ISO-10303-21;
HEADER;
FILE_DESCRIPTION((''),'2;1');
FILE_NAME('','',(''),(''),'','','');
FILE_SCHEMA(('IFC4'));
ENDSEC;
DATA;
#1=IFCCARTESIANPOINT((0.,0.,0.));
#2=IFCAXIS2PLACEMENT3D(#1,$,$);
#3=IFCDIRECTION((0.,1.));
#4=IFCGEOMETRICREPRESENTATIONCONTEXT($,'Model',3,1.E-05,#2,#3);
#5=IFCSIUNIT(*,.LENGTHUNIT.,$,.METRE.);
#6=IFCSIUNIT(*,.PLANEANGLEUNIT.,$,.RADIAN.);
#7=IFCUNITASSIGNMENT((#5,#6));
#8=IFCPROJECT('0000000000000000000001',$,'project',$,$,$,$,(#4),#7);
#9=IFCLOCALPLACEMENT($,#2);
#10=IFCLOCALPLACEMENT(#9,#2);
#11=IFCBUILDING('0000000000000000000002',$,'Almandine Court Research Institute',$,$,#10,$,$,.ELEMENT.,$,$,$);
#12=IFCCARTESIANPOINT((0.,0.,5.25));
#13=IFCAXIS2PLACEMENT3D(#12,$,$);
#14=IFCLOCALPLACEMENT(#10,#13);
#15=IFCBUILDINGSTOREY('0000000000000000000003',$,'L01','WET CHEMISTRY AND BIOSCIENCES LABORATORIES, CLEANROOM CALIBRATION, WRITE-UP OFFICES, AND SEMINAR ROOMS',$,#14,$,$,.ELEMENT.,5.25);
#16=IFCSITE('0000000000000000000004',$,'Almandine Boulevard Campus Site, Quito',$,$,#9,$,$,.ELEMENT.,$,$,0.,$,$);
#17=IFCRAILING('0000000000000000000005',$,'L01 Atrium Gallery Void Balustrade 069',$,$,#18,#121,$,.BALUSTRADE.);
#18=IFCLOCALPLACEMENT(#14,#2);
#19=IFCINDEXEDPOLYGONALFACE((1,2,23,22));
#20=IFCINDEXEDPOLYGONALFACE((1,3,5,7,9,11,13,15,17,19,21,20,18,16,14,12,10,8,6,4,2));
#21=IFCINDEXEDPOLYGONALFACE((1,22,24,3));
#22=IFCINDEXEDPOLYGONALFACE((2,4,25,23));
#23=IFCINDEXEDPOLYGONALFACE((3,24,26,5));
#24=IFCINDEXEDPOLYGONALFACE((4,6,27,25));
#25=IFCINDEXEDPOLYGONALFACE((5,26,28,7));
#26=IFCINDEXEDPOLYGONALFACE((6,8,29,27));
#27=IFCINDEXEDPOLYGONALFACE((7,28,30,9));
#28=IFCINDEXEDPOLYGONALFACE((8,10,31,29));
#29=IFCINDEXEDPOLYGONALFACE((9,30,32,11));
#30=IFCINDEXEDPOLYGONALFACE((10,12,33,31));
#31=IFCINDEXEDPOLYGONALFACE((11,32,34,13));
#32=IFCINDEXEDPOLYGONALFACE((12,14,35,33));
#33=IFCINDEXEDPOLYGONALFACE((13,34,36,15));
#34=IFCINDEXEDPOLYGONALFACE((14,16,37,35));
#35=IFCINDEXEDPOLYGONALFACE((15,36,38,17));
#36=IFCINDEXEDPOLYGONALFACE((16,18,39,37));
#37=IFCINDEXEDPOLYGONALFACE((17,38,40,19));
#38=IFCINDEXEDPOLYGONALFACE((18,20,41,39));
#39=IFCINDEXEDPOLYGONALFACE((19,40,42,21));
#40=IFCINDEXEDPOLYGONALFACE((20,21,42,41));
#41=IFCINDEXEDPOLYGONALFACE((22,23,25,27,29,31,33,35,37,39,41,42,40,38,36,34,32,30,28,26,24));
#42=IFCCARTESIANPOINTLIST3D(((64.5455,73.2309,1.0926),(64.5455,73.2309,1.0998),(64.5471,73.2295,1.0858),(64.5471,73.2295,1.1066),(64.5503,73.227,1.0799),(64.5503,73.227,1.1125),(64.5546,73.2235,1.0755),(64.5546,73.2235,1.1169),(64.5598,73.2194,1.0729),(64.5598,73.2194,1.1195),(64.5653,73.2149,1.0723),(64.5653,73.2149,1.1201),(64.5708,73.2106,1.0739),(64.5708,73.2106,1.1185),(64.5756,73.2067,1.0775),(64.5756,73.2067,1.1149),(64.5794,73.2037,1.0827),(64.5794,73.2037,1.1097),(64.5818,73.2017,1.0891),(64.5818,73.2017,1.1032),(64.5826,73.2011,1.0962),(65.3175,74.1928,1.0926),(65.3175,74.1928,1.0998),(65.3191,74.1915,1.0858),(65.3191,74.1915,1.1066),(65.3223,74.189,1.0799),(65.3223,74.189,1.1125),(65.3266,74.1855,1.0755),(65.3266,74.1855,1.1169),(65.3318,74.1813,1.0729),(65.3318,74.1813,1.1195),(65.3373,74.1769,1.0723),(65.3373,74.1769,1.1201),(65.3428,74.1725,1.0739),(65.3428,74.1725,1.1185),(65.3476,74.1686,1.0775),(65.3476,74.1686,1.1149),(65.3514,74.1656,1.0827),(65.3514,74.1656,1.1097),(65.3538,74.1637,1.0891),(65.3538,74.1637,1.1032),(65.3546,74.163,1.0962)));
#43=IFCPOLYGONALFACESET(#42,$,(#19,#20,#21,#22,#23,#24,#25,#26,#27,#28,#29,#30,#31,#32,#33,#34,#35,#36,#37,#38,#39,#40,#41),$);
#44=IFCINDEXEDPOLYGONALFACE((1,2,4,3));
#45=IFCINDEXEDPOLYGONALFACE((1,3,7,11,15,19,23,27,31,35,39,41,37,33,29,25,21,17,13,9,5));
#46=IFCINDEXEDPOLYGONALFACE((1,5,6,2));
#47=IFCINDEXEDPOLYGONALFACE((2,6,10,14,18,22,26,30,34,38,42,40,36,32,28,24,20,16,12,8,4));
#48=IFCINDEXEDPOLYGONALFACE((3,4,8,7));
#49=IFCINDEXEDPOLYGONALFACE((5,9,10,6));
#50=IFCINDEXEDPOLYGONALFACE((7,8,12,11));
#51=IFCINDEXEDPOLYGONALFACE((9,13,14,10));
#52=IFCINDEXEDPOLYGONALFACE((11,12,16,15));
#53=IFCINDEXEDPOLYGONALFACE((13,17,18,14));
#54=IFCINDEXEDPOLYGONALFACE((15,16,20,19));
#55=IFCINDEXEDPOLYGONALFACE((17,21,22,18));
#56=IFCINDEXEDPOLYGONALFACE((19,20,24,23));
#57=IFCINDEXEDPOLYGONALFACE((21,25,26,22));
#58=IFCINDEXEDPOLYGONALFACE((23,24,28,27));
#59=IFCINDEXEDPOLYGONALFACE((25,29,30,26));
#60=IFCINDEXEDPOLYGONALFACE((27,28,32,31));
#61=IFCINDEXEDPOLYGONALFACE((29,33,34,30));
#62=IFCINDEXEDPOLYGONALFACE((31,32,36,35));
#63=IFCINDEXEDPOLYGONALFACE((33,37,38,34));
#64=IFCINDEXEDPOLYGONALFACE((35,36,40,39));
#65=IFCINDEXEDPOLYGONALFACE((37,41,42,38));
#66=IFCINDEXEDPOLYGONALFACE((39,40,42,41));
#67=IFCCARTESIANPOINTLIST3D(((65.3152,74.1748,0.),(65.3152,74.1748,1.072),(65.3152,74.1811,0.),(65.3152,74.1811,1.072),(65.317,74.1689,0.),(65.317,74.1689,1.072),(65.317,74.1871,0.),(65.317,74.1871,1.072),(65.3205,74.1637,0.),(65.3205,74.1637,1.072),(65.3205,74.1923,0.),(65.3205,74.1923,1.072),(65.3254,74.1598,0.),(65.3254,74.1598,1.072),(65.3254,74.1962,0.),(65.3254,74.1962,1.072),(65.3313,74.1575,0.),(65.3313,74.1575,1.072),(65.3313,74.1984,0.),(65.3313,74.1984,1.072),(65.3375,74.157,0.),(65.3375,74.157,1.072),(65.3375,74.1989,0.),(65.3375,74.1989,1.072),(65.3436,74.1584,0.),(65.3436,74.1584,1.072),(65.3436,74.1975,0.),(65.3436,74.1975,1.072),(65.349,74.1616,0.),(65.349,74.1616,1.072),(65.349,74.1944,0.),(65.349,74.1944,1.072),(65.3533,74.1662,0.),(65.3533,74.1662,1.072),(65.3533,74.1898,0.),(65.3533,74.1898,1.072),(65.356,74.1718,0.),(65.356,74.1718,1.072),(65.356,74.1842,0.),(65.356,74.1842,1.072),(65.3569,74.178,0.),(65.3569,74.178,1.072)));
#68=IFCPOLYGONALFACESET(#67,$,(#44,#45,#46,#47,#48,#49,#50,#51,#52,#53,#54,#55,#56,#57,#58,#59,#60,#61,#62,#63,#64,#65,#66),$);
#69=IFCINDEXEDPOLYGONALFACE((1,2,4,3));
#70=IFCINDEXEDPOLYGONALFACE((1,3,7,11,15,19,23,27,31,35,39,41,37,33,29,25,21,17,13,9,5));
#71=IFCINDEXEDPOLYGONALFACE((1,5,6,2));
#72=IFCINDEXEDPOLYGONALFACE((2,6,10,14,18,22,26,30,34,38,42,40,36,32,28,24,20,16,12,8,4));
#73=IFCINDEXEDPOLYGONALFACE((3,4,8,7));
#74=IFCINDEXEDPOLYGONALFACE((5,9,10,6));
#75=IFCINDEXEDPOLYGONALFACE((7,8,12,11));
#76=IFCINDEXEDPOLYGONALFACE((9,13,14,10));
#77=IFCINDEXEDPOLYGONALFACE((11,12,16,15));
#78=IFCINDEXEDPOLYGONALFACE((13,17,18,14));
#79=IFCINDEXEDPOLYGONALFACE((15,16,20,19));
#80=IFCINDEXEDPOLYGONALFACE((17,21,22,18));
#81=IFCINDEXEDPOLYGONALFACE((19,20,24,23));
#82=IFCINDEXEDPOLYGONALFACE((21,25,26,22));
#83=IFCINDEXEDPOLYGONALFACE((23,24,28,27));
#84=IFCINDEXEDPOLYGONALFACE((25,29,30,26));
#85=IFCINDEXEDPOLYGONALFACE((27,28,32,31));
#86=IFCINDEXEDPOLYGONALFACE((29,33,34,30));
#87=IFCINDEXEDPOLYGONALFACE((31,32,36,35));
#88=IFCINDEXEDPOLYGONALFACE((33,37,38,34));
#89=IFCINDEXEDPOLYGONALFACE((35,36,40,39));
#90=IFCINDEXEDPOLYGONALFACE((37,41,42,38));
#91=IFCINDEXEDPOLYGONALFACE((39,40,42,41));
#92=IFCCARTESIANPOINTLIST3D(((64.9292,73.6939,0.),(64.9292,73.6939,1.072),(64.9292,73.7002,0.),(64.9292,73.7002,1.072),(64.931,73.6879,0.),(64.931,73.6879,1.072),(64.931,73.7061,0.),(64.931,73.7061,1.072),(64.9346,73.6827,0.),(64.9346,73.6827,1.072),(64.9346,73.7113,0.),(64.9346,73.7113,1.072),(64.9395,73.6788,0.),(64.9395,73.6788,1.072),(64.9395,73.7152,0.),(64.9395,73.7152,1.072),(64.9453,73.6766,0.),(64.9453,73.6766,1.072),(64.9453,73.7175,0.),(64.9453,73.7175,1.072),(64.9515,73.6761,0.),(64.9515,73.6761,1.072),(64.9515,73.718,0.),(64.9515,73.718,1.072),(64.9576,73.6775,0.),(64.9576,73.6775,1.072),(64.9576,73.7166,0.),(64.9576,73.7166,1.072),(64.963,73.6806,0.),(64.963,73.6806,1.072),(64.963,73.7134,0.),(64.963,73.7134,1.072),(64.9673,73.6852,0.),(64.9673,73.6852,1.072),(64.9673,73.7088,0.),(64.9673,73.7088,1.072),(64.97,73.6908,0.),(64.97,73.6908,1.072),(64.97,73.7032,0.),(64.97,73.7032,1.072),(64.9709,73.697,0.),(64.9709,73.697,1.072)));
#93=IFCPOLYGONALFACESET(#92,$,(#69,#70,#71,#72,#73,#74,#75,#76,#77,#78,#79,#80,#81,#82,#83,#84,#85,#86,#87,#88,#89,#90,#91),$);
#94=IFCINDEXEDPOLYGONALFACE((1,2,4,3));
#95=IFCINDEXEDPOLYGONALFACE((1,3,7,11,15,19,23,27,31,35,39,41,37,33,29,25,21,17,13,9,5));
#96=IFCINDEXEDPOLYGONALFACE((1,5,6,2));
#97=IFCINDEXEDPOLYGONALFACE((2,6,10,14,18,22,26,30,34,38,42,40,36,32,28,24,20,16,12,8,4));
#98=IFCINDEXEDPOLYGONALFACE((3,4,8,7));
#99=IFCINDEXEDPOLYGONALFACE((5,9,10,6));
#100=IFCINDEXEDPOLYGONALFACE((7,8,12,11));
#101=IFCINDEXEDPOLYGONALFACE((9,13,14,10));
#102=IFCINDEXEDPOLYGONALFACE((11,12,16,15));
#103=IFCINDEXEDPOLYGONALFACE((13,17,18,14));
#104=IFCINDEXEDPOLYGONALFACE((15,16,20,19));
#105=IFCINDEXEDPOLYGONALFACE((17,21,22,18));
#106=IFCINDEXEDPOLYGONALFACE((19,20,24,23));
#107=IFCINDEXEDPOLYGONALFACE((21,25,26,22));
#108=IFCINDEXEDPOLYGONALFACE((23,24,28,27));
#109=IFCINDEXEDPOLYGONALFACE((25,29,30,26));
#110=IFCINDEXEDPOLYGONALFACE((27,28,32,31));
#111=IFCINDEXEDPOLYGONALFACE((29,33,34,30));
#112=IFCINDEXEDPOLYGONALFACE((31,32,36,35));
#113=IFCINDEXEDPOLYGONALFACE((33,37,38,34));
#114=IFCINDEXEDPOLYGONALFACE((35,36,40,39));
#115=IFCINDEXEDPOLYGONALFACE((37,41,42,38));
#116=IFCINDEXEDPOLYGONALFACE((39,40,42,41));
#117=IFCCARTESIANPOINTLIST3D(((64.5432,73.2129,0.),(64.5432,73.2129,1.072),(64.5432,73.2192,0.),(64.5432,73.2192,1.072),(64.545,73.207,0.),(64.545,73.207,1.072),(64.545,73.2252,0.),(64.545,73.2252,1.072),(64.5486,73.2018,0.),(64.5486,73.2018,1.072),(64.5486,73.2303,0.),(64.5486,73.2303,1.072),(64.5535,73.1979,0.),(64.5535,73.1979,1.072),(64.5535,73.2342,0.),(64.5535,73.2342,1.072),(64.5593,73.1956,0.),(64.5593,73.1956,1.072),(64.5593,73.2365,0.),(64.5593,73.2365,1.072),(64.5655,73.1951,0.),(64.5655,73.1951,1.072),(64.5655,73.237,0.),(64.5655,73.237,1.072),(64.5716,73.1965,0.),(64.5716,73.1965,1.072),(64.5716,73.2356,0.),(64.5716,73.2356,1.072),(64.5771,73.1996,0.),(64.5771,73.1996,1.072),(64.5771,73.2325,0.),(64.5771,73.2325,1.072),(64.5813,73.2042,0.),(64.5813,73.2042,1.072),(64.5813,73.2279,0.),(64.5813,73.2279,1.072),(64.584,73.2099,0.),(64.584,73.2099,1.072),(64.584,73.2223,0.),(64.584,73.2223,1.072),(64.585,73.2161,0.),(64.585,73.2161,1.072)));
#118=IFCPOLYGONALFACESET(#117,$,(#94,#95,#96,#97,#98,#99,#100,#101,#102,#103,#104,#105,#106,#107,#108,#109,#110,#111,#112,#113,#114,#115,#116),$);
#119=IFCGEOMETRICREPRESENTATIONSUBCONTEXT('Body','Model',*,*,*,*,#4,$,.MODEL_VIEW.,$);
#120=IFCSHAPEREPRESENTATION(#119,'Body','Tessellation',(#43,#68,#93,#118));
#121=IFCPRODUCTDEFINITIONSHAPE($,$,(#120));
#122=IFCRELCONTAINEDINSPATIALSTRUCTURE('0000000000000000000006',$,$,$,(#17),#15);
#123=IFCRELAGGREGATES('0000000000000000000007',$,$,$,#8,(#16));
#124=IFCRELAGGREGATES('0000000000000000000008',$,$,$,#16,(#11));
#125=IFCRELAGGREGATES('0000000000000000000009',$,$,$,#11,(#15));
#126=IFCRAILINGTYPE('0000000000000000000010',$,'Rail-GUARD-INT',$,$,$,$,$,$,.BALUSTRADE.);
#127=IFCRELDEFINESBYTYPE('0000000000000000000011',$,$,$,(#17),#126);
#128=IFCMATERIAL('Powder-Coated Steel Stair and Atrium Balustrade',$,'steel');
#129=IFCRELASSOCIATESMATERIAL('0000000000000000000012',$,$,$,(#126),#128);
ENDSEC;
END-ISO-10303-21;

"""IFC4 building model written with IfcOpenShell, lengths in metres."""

from ifc_helpers import new_model, si_unit, direction, frame, origin, origin_2d, place, context, subcontext, project, spatial, circle, extrude, material, type_object, element, save


model = new_model("IFC4")

# Units and contexts
model_context = context("Model", 3, precision=1e-05, world=origin(), true_north=direction((0.0, 1.0)))
body_context = subcontext(model_context, "Body", "Model", "MODEL_VIEW")
ifc_project = project(units=[si_unit("LENGTHUNIT", "METRE"), si_unit("PLANEANGLEUNIT", "RADIAN")], contexts=[model_context])

# Site, building, storey
site_placement = place(None, origin())
site = spatial("IfcSite", under=ifc_project, at=site_placement, Name="Almandine Boulevard Campus Site, Quito", CompositionType="ELEMENT", RefElevation=0.0)
building_placement = place(site_placement, origin())
building = spatial("IfcBuilding", under=site, at=building_placement, Name="Almandine Court Research Institute", CompositionType="ELEMENT")
storey_placement = place(building_placement, frame((0.0, 0.0, 5.25)))
storey = spatial("IfcBuildingStorey", under=building, at=storey_placement, Name="L01", Description="WET CHEMISTRY AND BIOSCIENCES LABORATORIES, CLEANROOM CALIBRATION, WRITE-UP OFFICES, AND SEMINAR ROOMS", CompositionType="ELEMENT", Elevation=5.25)

# Railing
ifc_material_1 = material(Name="Powder-Coated Steel Stair and Atrium Balustrade", Category="steel")
railing_type = type_object("IfcRailingType", Name="Rail-GUARD-INT", PredefinedType="BALUSTRADE", material=ifc_material_1)
railing_1_placement = place(storey_placement, frame((65.3359, 74.178, 0.0)))
element("IfcRailing", 1, at=railing_1_placement, inside=storey, type_object=railing_type, Name="L01 Atrium Gallery Void Balustrade 069", PredefinedType="BALUSTRADE", context=body_context, shape_type="SweptSolid", body=[
    extrude(circle(Radius=0.0239, at=origin_2d()), frame((0.0, 0.0, 1.0962), z_axis=(-0.625901, -0.779902, 0.0), x_axis=(0.779902, -0.625901, 0.0)), (0.0, 0.0, 1.0), 1.2334),
    extrude(circle(Radius=0.021, at=origin_2d()), origin(), (0.0, 0.0, 1.0), 1.072),
    extrude(circle(Radius=0.021, at=origin_2d()), frame((-0.386, -0.481, 0.0)), (0.0, 0.0, 1.0), 1.072),
    extrude(circle(Radius=0.021, at=origin_2d()), frame((-0.772, -0.9619, 0.0)), (0.0, 0.0, 1.0), 1.072),
])

save(model, "model.ifc")
